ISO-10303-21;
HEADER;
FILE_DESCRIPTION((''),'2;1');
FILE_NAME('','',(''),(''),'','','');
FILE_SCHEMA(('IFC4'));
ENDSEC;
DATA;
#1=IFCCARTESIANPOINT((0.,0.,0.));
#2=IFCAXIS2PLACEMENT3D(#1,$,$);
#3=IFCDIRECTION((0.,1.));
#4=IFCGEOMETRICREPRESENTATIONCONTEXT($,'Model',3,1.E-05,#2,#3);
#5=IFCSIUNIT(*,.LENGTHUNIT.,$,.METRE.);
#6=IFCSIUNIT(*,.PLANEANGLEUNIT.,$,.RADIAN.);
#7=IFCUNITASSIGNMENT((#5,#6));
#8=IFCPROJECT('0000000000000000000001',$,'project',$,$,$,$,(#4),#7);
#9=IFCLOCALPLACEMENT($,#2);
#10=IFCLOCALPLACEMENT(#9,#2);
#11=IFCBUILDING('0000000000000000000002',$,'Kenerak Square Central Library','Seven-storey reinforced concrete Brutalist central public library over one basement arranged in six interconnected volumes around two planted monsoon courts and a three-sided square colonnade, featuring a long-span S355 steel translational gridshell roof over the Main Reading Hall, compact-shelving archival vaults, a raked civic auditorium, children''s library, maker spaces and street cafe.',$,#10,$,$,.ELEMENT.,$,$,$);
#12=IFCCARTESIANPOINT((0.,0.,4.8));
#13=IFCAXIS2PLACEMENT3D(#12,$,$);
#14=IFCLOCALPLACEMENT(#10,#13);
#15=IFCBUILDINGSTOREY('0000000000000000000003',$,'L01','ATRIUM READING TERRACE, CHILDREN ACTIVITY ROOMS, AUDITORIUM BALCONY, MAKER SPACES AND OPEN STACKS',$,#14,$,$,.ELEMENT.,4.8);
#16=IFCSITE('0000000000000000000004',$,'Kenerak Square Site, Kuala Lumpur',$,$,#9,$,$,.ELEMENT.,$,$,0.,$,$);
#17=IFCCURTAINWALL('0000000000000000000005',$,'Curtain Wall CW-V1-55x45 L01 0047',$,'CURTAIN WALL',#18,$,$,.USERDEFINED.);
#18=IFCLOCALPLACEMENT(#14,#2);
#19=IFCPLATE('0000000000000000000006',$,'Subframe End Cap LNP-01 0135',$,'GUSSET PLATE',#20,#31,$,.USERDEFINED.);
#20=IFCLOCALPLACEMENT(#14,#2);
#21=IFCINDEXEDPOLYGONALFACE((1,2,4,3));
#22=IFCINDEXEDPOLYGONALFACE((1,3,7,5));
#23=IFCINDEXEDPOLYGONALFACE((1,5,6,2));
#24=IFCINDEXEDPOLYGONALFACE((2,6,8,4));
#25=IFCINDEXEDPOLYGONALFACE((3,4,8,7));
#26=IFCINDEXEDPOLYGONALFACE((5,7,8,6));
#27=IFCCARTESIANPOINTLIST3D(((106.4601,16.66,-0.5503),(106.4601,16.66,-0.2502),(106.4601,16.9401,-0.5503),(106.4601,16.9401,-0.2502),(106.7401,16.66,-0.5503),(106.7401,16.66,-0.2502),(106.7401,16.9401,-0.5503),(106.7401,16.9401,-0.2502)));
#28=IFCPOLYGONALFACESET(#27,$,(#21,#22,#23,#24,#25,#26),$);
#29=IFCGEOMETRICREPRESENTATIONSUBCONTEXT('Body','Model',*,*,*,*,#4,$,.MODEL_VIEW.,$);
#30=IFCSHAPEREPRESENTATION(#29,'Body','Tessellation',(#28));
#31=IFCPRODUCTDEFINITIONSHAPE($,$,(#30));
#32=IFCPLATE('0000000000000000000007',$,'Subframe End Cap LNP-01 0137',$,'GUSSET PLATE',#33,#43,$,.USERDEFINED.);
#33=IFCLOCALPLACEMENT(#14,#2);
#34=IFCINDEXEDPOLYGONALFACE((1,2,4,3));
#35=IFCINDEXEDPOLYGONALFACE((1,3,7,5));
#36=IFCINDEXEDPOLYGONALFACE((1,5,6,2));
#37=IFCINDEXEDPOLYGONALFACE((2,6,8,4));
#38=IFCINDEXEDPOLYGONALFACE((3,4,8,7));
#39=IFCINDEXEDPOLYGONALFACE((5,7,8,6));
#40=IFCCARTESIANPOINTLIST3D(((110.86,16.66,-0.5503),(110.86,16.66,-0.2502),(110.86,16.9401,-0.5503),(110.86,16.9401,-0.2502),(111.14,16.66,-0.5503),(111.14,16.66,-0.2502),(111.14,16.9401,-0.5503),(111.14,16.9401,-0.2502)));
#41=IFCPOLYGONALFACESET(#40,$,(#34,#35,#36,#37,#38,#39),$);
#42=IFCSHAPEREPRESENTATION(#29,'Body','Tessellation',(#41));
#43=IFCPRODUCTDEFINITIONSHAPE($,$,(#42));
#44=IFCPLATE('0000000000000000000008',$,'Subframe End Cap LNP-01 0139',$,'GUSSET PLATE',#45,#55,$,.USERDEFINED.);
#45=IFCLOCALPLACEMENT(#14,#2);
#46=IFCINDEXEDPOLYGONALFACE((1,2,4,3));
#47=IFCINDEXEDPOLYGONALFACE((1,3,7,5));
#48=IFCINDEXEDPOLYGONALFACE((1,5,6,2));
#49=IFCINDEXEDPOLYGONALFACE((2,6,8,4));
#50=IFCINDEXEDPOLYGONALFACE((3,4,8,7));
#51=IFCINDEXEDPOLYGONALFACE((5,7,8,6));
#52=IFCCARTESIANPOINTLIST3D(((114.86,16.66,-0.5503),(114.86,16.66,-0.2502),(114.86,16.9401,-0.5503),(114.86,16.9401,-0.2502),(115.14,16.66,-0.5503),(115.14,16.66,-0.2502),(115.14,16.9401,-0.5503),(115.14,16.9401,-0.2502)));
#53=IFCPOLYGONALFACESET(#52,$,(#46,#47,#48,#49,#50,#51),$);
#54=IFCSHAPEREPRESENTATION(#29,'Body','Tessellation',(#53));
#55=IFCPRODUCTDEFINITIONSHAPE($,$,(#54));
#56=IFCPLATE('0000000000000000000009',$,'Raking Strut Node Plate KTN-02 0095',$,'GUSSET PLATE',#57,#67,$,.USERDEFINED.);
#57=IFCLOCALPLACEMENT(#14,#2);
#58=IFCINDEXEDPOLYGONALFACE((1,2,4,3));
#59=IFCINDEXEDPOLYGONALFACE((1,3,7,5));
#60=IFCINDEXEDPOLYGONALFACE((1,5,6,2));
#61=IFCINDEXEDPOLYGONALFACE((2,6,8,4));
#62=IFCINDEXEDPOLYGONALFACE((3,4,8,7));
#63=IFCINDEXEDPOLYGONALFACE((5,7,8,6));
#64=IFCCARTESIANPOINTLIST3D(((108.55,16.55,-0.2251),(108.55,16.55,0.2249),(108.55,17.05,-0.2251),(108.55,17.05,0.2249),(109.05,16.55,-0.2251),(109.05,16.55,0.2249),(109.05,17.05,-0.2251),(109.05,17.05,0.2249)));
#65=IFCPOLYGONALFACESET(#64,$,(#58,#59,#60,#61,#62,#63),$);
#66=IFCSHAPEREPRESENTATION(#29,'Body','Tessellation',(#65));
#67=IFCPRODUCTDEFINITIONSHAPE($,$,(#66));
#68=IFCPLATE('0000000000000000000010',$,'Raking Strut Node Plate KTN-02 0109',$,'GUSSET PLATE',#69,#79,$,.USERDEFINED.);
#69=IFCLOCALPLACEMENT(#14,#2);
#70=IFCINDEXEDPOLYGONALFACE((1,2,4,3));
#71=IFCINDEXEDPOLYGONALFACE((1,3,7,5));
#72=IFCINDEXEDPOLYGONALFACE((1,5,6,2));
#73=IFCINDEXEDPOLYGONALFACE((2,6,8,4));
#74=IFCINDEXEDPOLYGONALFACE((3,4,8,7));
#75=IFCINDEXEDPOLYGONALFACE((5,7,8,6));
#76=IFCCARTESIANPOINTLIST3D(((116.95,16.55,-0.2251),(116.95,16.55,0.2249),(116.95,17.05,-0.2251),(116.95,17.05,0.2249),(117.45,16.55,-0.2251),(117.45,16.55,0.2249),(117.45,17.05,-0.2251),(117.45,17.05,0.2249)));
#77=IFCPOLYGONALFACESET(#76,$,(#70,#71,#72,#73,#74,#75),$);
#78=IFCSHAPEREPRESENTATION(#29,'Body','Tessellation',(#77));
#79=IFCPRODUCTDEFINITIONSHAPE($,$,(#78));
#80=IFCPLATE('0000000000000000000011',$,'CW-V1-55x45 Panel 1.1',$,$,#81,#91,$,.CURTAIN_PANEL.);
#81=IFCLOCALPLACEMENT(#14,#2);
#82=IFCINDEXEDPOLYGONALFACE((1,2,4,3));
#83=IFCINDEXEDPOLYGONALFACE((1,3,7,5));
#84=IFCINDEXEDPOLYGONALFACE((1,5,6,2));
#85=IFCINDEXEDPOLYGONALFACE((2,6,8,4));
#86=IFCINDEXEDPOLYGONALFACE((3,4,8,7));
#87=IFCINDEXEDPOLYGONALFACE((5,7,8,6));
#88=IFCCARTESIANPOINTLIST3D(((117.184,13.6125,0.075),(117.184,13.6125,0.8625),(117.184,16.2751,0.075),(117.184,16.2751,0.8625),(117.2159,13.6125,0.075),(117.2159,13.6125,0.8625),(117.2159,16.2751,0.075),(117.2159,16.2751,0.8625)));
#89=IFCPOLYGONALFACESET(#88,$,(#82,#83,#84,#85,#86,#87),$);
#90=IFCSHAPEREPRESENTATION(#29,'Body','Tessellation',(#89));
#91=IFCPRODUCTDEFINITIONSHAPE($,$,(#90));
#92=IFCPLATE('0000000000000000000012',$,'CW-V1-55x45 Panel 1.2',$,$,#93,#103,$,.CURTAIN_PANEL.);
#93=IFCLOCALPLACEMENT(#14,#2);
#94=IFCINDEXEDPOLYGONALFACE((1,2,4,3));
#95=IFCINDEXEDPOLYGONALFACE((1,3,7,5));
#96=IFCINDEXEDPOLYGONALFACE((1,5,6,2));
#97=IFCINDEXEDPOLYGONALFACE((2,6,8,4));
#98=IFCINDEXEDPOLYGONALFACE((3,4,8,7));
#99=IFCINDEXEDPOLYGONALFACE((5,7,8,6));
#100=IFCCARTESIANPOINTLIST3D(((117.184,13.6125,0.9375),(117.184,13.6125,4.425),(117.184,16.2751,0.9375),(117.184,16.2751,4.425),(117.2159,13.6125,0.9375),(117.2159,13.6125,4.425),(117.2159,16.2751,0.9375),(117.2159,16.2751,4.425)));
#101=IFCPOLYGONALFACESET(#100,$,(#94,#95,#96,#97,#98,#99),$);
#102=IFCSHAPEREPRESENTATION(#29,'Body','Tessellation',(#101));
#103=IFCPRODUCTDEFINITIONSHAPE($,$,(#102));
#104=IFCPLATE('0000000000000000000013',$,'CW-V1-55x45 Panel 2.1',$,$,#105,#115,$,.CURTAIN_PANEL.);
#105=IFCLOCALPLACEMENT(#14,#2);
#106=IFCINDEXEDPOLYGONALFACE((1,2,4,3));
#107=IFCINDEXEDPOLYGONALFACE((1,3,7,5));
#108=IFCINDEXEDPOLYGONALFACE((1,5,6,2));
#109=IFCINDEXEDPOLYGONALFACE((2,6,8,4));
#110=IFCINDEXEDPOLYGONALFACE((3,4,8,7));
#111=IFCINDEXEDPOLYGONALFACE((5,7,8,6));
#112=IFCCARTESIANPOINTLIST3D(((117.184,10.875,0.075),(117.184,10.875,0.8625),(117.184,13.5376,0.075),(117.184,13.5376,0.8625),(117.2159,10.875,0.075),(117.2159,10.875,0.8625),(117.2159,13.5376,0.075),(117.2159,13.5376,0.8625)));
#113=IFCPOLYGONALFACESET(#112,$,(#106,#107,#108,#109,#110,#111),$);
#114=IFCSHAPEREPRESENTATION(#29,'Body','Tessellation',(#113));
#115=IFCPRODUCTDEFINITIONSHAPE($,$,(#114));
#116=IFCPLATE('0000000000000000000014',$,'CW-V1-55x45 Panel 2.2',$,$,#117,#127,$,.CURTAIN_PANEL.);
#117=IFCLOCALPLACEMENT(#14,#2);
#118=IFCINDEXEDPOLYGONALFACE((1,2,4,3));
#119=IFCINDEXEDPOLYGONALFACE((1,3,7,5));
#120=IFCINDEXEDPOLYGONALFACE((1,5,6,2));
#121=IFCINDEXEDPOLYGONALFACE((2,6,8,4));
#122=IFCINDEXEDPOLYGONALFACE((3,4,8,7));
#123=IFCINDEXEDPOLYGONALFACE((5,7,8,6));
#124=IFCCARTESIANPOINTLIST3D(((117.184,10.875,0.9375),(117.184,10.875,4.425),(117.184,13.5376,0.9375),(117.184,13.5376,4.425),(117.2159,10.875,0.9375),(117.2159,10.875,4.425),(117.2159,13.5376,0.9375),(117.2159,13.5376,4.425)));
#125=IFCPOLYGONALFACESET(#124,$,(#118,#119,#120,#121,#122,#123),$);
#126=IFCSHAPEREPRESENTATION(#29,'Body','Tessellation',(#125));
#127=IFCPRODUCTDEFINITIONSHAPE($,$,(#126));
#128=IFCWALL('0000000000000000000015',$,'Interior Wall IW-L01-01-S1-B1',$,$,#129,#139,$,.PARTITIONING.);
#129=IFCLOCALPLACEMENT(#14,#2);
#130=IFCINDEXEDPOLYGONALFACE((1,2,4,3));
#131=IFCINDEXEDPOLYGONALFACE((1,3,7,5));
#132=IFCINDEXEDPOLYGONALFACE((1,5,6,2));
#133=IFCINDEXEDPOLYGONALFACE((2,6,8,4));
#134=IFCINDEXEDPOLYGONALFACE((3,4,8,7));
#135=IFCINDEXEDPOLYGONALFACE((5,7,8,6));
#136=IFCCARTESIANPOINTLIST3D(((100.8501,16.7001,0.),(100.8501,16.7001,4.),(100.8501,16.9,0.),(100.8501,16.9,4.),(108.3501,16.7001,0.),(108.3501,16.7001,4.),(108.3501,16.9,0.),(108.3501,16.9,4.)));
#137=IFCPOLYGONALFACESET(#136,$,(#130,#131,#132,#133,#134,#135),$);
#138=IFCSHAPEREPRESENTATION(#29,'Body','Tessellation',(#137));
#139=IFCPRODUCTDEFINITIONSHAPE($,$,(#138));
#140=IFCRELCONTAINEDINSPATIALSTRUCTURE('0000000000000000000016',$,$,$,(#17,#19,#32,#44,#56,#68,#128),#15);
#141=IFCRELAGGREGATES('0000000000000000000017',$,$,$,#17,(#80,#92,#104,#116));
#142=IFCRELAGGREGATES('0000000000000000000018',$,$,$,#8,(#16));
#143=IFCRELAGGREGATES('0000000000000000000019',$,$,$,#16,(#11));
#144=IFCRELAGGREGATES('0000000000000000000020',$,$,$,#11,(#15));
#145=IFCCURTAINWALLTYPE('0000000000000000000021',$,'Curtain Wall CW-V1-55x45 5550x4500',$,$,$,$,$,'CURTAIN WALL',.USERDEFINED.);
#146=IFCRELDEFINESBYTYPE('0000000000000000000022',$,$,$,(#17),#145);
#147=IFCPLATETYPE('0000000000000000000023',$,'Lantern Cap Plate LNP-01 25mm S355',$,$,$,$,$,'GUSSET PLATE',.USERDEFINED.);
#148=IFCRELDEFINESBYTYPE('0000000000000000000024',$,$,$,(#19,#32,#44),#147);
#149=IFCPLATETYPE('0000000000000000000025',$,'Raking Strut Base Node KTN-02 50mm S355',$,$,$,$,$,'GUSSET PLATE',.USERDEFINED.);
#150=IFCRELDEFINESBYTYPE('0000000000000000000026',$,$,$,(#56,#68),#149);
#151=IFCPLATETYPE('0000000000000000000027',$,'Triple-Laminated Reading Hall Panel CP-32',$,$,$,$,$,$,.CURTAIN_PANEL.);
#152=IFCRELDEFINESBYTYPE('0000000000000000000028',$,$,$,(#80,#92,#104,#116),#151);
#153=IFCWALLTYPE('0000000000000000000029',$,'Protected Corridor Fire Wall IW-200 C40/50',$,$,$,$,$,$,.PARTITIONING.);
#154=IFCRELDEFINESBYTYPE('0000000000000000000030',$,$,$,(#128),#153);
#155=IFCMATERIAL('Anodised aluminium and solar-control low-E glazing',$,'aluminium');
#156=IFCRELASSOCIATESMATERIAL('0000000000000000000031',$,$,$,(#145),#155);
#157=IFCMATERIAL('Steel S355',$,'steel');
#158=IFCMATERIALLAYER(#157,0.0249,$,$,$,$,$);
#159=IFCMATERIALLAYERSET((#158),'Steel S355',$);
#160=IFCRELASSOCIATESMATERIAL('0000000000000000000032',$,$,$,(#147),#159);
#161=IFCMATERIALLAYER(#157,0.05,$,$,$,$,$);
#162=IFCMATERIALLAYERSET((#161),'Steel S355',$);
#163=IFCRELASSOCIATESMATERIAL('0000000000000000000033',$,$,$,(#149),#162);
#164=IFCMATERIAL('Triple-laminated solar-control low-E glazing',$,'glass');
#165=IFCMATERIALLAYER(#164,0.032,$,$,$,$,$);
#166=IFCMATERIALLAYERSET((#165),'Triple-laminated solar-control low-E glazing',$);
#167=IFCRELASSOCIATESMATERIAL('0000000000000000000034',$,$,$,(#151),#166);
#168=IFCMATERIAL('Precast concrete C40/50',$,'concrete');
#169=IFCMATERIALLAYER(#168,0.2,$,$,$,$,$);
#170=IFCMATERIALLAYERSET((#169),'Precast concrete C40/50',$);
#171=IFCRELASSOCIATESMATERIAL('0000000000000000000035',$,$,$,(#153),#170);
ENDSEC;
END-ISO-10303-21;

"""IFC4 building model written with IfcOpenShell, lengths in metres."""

from ifc_helpers import new_model, si_unit, direction, frame, frame_2d, origin, origin_2d, place, context, subcontext, project, spatial, rectangle, extrude, material, layer, layer_set, type_object, element, aggregate, save


model = new_model("IFC4")

# Units and contexts
model_context = context("Model", 3, precision=1e-05, world=origin(), true_north=direction((0.0, 1.0)))
body_context = subcontext(model_context, "Body", "Model", "MODEL_VIEW")
ifc_project = project(units=[si_unit("LENGTHUNIT", "METRE"), si_unit("PLANEANGLEUNIT", "RADIAN")], contexts=[model_context])

# Site, building, storey
site_placement = place(None, origin())
site = spatial("IfcSite", under=ifc_project, at=site_placement, Name="Kenerak Square Site, Kuala Lumpur", CompositionType="ELEMENT", RefElevation=0.0)
building_placement = place(site_placement, origin())
building = spatial("IfcBuilding", under=site, at=building_placement, Name="Kenerak Square Central Library", Description="Seven-storey reinforced concrete Brutalist central public library over one basement arranged in six interconnected volumes around two planted monsoon courts and a three-sided square colonnade, featuring a long-span S355 steel translational gridshell roof over the Main Reading Hall, compact-shelving archival vaults, a raked civic auditorium, children's library, maker spaces and street cafe.", CompositionType="ELEMENT")
storey_placement = place(building_placement, frame((0.0, 0.0, 4.8)))
storey = spatial("IfcBuildingStorey", under=building, at=storey_placement, Name="L01", Description="ATRIUM READING TERRACE, CHILDREN ACTIVITY ROOMS, AUDITORIUM BALCONY, MAKER SPACES AND OPEN STACKS", CompositionType="ELEMENT", Elevation=4.8)

# Shared definitions
ifc_material_1 = material(Name="Steel S355", Category="steel")

# Curtain wall
ifc_material_2 = material(Name="Anodised aluminium and solar-control low-E glazing", Category="aluminium")
curtain_wall_type = type_object("IfcCurtainWallType", Name="Curtain Wall CW-V1-55x45 5550x4500", ElementType="CURTAIN WALL", PredefinedType="USERDEFINED", material=ifc_material_2)
curtain_wall_placement = place(storey_placement, origin())
curtain_wall = element("IfcCurtainWall", 1, at=curtain_wall_placement, inside=storey, type_object=curtain_wall_type, Name="Curtain Wall CW-V1-55x45 L01 0047", ObjectType="CURTAIN WALL", PredefinedType="USERDEFINED")

# Plates
ifc_layer_1 = layer(ifc_material_1, 0.0249)
ifc_layer_set_1 = layer_set([ifc_layer_1], Name="Steel S355")
plate_type_1 = type_object("IfcPlateType", Name="Lantern Cap Plate LNP-01 25mm S355", ElementType="GUSSET PLATE", PredefinedType="USERDEFINED", material=ifc_layer_set_1)
for number, where, z_axis, x_axis, name in (
    (2, (106.6001, 16.8, -0.5503), (0.0, 0.0, 1.0), (1.0, 0.0, 0.0), "Subframe End Cap LNP-01 0135"),
    (3, (111.0, 16.8, -0.5503), (0.0, 0.0, 1.0), (1.0, 0.0, 0.0), "Subframe End Cap LNP-01 0137"),
    (4, (115.0, 16.8, -0.5503), (0.0, 0.0, 1.0), (1.0, 0.0, 0.0), "Subframe End Cap LNP-01 0139"),
):
    element("IfcPlate", number, at=place(storey_placement, frame(where, z_axis=z_axis, x_axis=x_axis)), inside=storey, type_object=plate_type_1, Name=name, ObjectType="GUSSET PLATE", PredefinedType="USERDEFINED", context=body_context, shape_type="SweptSolid", body=[
        extrude(rectangle(XDim=0.28, YDim=0.28, at=origin_2d()), origin(), (0.0, 0.0, 1.0), 0.3),
    ])
ifc_layer_2 = layer(ifc_material_1, 0.05)
ifc_layer_set_2 = layer_set([ifc_layer_2], Name="Steel S355")
plate_type_2 = type_object("IfcPlateType", Name="Raking Strut Base Node KTN-02 50mm S355", ElementType="GUSSET PLATE", PredefinedType="USERDEFINED", material=ifc_layer_set_2)
for number, where, z_axis, x_axis, name in (
    (5, (108.8, 16.8, -0.2251), (0.0, 0.0, 1.0), (1.0, 0.0, 0.0), "Raking Strut Node Plate KTN-02 0095"),
    (6, (117.2, 16.8, -0.2251), (0.0, 0.0, 1.0), (1.0, 0.0, 0.0), "Raking Strut Node Plate KTN-02 0109"),
):
    element("IfcPlate", number, at=place(storey_placement, frame(where, z_axis=z_axis, x_axis=x_axis)), inside=storey, type_object=plate_type_2, Name=name, ObjectType="GUSSET PLATE", PredefinedType="USERDEFINED", context=body_context, shape_type="SweptSolid", body=[
        extrude(rectangle(XDim=0.5, YDim=0.5, at=origin_2d()), origin(), (0.0, 0.0, 1.0), 0.45),
    ])

# Plates
ifc_material_3 = material(Name="Triple-laminated solar-control low-E glazing", Category="glass")
ifc_layer_3 = layer(ifc_material_3, 0.032)
ifc_layer_set_3 = layer_set([ifc_layer_3], Name="Triple-laminated solar-control low-E glazing")
plate_type_3 = type_object("IfcPlateType", Name="Triple-Laminated Reading Hall Panel CP-32", PredefinedType="CURTAIN_PANEL", material=ifc_layer_set_3)
plate_1_placement = place(storey_placement, frame((117.2, 14.9438, 0.075), z_axis=(0.0, 0.0, 1.0), x_axis=(0.0, -1.0, 0.0)))
plate_1 = element("IfcPlate", 7, at=plate_1_placement, type_object=plate_type_3, Name="CW-V1-55x45 Panel 1.1", PredefinedType="CURTAIN_PANEL", context=body_context, shape_type="SweptSolid", body=[
    extrude(rectangle(XDim=2.6626, YDim=0.032, at=origin_2d()), origin(), (0.0, 0.0, 1.0), 0.7876),
])
plate_2_placement = place(storey_placement, frame((117.2, 14.9438, 0.9375), z_axis=(0.0, 0.0, 1.0), x_axis=(0.0, -1.0, 0.0)))
plate_2 = element("IfcPlate", 8, at=plate_2_placement, type_object=plate_type_3, Name="CW-V1-55x45 Panel 1.2", PredefinedType="CURTAIN_PANEL", context=body_context, shape_type="SweptSolid", body=[
    extrude(rectangle(XDim=2.6626, YDim=0.032, at=origin_2d()), origin(), (0.0, 0.0, 1.0), 3.4875),
])
plate_3_placement = place(storey_placement, frame((117.2, 12.2063, 0.075), z_axis=(0.0, 0.0, 1.0), x_axis=(0.0, -1.0, 0.0)))
plate_3 = element("IfcPlate", 9, at=plate_3_placement, type_object=plate_type_3, Name="CW-V1-55x45 Panel 2.1", PredefinedType="CURTAIN_PANEL", context=body_context, shape_type="SweptSolid", body=[
    extrude(rectangle(XDim=2.6626, YDim=0.032, at=origin_2d()), origin(), (0.0, 0.0, 1.0), 0.7876),
])
plate_4_placement = place(storey_placement, frame((117.2, 12.2063, 0.9375), z_axis=(0.0, 0.0, 1.0), x_axis=(0.0, -1.0, 0.0)))
plate_4 = element("IfcPlate", 10, at=plate_4_placement, type_object=plate_type_3, Name="CW-V1-55x45 Panel 2.2", PredefinedType="CURTAIN_PANEL", context=body_context, shape_type="SweptSolid", body=[
    extrude(rectangle(XDim=2.6626, YDim=0.032, at=origin_2d()), origin(), (0.0, 0.0, 1.0), 3.4875),
])
aggregate(curtain_wall, [plate_1, plate_2, plate_3, plate_4])

# Wall
ifc_material_4 = material(Name="Precast concrete C40/50", Category="concrete")
ifc_layer_4 = layer(ifc_material_4, 0.2)
ifc_layer_set_4 = layer_set([ifc_layer_4], Name="Precast concrete C40/50")
wall_type = type_object("IfcWallType", Name="Protected Corridor Fire Wall IW-200 C40/50", PredefinedType="PARTITIONING", material=ifc_layer_set_4)
wall_placement = place(storey_placement, frame((108.3501, 16.8, 0.0), z_axis=(0.0, 0.0, 1.0), x_axis=(-1.0, 0.0, 0.0)))
element("IfcWall", 11, at=wall_placement, inside=storey, type_object=wall_type, Name="Interior Wall IW-L01-01-S1-B1", PredefinedType="PARTITIONING", context=body_context, shape_type="SweptSolid", body=[
    extrude(rectangle(XDim=7.5, YDim=0.2, at=frame_2d((3.75, 0.0))), origin(), (0.0, 0.0, 1.0), 4.0),
])

save(model, "model.ifc")
